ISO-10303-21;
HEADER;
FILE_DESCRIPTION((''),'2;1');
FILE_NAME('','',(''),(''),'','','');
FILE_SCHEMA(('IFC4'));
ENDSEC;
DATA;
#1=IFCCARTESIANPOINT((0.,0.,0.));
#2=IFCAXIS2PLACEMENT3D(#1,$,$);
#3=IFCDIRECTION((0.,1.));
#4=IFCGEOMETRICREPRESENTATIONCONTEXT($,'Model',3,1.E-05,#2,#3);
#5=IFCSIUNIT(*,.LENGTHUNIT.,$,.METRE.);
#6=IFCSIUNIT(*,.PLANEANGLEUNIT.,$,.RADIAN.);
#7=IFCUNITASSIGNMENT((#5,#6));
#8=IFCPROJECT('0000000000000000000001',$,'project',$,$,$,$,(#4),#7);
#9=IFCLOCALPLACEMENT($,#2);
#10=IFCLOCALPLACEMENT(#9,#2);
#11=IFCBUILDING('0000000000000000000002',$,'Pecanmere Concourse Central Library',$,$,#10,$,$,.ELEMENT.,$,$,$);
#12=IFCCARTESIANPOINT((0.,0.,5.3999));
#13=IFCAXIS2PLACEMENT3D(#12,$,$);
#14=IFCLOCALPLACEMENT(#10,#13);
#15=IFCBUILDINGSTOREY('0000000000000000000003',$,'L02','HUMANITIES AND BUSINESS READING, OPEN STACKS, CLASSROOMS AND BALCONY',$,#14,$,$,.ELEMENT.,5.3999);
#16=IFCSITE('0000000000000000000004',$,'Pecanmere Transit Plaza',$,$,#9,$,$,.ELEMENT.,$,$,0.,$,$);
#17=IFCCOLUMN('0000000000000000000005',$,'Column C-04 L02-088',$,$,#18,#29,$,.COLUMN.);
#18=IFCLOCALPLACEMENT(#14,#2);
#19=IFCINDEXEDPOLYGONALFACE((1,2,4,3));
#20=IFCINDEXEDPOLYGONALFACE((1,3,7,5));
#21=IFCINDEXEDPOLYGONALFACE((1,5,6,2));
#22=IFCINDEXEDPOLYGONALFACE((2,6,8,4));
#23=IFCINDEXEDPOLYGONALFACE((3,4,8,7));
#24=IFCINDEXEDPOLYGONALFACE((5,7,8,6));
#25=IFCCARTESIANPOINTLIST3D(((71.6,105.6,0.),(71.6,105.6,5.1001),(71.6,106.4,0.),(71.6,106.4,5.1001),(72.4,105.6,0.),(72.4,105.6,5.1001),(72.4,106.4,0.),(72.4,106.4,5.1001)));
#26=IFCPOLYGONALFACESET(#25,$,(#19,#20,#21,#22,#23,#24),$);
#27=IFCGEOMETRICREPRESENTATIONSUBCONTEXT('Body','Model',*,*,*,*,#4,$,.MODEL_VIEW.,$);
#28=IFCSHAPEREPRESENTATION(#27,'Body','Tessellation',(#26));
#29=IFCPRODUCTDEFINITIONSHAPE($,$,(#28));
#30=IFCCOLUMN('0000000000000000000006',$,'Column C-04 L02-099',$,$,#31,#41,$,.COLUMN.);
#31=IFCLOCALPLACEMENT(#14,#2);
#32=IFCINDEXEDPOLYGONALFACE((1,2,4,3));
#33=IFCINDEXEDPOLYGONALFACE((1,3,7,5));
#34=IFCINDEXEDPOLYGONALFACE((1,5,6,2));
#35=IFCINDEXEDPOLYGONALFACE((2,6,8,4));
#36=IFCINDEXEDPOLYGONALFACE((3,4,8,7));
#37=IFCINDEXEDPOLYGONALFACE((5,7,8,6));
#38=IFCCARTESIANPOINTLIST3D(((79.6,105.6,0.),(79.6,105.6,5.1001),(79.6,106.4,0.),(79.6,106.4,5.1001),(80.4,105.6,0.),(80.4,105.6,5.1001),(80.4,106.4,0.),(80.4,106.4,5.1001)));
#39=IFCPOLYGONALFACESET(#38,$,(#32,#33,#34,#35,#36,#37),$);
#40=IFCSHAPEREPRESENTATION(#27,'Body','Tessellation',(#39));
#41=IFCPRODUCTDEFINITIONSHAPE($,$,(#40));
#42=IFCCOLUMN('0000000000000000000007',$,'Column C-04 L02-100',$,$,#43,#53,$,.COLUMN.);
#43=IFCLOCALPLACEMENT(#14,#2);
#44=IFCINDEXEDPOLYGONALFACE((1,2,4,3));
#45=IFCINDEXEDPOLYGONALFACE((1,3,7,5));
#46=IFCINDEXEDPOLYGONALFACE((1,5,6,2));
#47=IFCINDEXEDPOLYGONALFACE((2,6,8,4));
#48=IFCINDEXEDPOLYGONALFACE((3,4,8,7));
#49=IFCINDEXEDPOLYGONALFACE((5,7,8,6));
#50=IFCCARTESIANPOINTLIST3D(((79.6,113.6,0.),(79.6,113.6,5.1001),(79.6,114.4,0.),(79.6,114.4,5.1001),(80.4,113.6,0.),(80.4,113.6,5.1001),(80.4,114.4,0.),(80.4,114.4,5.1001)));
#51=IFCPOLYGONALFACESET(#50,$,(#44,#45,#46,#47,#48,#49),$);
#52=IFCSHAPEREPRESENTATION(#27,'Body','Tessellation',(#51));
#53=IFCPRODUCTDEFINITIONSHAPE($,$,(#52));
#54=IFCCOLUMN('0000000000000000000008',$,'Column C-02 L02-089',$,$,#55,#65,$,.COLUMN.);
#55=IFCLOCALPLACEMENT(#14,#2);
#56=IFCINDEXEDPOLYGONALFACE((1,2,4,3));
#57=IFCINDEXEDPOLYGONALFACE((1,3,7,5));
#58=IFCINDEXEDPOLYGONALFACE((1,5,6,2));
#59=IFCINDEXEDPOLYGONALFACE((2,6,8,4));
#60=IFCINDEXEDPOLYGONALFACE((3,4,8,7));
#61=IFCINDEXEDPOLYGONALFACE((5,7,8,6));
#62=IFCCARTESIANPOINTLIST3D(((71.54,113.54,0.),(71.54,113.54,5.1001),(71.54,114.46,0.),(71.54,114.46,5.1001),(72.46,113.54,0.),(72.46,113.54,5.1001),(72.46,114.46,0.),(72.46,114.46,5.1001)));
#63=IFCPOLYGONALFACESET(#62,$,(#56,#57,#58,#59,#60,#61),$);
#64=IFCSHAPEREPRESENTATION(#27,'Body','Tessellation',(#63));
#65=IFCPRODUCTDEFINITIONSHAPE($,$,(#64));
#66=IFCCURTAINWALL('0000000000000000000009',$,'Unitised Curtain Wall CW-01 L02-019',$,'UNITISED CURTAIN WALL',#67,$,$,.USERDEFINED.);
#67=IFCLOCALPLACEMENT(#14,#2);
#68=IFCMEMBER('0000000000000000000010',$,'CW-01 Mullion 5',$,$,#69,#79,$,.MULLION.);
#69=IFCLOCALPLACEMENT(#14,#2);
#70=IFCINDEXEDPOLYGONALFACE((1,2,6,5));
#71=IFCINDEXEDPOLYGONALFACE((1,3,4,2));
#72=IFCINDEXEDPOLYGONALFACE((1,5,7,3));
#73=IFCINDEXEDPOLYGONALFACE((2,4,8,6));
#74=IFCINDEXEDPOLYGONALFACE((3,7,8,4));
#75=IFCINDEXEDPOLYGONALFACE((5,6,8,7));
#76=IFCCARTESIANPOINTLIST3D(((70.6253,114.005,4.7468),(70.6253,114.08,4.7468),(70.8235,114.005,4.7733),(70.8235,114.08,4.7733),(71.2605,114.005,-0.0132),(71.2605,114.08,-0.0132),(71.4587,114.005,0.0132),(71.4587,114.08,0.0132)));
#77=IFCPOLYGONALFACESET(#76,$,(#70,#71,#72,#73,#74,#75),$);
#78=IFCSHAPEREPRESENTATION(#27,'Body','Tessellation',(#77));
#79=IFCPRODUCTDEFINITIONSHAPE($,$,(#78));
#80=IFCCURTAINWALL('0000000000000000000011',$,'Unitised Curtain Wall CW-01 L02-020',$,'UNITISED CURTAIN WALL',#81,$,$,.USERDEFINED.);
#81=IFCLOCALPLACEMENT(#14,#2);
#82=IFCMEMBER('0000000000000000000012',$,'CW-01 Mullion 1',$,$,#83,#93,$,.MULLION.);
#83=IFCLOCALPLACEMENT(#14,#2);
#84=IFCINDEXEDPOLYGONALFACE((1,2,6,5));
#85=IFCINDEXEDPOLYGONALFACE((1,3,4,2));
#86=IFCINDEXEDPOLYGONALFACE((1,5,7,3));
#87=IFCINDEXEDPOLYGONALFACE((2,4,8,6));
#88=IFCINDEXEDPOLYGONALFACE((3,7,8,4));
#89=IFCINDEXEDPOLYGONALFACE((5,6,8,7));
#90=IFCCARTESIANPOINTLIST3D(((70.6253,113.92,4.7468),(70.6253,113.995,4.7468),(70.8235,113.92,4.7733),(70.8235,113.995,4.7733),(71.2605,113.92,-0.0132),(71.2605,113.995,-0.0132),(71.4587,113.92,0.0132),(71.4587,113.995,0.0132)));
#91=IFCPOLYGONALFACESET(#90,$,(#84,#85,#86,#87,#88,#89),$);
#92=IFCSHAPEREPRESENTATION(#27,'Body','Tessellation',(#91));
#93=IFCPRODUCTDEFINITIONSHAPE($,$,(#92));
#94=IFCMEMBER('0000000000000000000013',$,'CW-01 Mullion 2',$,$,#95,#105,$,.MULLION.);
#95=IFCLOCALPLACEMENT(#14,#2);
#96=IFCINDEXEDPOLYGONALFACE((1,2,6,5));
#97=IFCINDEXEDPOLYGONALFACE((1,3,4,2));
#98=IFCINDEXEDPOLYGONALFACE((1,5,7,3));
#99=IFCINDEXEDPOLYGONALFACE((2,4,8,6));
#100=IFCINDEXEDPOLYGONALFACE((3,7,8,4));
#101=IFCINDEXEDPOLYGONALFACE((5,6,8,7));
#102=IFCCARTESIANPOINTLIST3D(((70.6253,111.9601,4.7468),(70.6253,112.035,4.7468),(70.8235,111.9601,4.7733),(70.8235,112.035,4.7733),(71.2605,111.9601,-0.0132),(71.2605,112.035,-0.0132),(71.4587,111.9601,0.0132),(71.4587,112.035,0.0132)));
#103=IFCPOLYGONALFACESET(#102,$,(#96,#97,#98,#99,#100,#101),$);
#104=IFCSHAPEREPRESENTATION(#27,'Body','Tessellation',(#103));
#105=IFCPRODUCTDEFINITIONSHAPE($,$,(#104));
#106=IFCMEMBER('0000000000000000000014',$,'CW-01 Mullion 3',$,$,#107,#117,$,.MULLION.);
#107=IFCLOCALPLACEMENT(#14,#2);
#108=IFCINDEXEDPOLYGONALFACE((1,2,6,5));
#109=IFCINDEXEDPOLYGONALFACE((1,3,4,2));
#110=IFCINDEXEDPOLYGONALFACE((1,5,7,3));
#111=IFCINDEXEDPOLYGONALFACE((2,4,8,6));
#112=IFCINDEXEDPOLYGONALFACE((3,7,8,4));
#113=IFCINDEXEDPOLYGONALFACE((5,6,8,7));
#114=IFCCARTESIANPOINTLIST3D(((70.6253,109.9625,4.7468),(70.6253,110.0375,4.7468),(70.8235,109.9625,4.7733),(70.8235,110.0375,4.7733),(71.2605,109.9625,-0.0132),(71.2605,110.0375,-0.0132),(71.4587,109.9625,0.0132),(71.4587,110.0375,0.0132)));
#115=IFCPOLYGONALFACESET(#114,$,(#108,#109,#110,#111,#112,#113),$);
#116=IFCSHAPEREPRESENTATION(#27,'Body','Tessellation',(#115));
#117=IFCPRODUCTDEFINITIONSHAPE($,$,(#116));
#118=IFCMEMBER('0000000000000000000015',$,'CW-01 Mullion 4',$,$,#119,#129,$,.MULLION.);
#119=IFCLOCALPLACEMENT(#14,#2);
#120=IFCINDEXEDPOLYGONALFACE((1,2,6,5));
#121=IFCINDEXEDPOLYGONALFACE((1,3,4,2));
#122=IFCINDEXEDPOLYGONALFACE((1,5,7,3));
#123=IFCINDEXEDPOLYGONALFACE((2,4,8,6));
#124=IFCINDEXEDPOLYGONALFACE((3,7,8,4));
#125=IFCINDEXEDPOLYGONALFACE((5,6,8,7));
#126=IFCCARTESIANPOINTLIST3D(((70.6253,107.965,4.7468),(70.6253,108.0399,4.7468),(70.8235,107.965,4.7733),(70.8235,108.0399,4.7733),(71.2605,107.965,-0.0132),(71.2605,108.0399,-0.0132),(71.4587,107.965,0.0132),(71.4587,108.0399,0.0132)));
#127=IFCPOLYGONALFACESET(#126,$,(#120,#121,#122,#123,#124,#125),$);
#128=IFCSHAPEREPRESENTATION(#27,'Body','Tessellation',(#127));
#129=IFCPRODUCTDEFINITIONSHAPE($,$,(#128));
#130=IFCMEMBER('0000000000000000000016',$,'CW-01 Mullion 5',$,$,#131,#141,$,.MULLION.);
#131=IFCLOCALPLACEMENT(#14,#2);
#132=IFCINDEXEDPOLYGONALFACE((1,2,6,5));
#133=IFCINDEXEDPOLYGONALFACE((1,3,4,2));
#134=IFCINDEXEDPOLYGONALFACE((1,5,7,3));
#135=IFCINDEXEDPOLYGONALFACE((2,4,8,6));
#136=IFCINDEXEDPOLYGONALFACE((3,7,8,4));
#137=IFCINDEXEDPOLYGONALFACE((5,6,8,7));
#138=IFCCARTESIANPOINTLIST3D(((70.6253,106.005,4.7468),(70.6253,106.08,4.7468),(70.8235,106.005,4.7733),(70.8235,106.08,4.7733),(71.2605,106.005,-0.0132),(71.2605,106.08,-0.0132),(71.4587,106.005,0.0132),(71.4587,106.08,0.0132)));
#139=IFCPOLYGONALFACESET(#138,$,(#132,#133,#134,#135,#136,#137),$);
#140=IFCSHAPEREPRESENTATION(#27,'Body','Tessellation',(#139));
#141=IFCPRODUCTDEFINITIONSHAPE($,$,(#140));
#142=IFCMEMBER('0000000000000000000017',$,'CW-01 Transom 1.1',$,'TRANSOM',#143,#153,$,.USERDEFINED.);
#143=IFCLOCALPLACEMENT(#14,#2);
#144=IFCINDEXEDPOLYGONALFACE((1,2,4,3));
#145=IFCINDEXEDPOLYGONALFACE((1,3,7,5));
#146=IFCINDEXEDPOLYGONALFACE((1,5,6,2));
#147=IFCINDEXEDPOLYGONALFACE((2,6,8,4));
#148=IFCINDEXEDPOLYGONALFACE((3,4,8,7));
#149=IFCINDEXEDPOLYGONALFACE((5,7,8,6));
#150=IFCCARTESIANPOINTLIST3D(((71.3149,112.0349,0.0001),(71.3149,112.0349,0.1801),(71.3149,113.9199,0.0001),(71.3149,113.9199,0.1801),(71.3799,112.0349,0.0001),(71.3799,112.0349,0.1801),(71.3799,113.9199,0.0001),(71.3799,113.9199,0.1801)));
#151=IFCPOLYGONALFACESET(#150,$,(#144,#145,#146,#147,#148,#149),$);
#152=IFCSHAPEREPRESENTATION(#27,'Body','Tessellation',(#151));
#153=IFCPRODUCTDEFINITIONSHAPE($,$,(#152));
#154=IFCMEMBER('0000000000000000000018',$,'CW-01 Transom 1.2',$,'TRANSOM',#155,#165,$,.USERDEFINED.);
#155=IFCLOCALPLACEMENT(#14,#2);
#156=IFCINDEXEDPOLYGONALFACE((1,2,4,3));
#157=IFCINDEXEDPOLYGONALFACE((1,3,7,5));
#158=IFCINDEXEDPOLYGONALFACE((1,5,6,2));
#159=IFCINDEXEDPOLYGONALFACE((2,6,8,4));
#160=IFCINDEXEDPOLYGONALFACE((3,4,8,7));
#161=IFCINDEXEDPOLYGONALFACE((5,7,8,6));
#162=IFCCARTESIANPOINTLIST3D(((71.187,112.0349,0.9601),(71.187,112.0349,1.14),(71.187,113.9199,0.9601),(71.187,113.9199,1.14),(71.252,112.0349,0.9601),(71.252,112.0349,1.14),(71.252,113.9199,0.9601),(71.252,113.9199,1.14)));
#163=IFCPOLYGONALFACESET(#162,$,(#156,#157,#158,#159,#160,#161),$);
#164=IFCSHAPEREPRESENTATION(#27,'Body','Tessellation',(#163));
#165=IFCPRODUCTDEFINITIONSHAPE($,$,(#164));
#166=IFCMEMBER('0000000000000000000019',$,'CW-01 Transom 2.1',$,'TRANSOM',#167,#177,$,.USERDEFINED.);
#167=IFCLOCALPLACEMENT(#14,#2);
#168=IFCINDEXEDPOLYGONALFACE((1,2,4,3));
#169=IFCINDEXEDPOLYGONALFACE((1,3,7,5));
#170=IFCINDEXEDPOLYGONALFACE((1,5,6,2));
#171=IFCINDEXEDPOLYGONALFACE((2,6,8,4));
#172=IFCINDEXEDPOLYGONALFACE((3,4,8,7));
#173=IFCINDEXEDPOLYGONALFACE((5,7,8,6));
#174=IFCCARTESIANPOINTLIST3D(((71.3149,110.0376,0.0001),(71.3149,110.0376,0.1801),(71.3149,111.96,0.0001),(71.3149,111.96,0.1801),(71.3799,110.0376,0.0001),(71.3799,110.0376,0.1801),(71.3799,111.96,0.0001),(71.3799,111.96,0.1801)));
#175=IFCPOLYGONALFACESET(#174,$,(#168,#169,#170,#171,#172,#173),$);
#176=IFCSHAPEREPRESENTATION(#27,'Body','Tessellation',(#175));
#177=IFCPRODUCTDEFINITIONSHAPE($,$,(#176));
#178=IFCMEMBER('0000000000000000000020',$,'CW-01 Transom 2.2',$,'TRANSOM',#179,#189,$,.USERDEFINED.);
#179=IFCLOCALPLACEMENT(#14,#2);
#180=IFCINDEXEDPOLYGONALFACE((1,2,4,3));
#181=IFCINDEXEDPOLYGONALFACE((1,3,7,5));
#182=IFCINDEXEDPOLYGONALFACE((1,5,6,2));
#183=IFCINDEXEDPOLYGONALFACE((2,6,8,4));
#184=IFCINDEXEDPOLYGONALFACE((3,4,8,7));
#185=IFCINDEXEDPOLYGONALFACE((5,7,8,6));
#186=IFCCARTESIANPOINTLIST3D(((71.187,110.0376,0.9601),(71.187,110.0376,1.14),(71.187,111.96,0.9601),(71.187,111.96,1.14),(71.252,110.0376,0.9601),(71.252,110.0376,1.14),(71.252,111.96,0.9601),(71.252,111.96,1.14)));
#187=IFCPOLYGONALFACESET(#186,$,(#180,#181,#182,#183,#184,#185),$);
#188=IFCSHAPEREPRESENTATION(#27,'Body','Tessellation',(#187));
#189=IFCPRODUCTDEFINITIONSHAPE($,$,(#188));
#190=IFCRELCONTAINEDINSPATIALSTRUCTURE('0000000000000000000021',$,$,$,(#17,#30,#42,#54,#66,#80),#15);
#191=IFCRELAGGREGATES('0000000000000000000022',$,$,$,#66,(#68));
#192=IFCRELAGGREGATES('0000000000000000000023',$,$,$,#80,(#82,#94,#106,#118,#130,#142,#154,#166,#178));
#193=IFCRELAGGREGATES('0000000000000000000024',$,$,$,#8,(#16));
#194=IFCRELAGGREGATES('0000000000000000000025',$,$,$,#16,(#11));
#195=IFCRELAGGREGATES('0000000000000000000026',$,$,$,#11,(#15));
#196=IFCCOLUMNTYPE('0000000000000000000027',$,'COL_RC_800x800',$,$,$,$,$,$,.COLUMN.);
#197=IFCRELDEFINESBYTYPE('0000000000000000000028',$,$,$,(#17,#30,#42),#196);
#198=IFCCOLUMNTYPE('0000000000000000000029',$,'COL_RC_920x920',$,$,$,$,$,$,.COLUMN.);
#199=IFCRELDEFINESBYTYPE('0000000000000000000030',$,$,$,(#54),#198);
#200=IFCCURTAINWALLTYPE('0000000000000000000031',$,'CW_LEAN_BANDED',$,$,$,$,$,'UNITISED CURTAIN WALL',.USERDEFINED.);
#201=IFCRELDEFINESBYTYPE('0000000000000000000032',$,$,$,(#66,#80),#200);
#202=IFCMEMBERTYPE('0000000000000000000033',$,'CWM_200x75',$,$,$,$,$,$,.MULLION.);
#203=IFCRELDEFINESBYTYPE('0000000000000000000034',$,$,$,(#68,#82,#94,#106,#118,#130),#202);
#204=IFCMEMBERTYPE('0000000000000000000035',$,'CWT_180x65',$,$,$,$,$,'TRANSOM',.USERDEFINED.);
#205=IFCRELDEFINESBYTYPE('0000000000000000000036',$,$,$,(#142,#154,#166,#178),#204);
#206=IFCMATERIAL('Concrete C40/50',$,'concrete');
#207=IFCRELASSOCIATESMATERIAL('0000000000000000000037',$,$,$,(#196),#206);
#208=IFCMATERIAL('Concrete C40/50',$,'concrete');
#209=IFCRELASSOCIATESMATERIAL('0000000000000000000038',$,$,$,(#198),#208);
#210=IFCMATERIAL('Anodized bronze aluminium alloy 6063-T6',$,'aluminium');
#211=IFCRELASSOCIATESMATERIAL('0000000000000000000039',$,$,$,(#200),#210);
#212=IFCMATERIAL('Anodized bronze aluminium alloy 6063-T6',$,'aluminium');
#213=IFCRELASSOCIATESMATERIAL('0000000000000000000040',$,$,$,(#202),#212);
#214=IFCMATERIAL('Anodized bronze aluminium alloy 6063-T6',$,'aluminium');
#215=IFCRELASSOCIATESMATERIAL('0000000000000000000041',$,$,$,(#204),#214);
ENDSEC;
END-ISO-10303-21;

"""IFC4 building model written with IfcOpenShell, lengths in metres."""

from ifc_helpers import new_model, si_unit, direction, frame, origin, origin_2d, place, context, subcontext, project, spatial, rectangle, extrude, material, material_profile, profile_set, type_object, element, aggregate, save


model = new_model("IFC4")

# Units and contexts
model_context = context("Model", 3, precision=1e-05, world=origin(), true_north=direction((0.0, 1.0)))
body_context = subcontext(model_context, "Body", "Model", "MODEL_VIEW")
ifc_project = project(units=[si_unit("LENGTHUNIT", "METRE"), si_unit("PLANEANGLEUNIT", "RADIAN")], contexts=[model_context])

# Site, building, storey
site_placement = place(None, origin())
site = spatial("IfcSite", under=ifc_project, at=site_placement, Name="Pecanmere Transit Plaza", CompositionType="ELEMENT", RefElevation=0.0)
building_placement = place(site_placement, origin())
building = spatial("IfcBuilding", under=site, at=building_placement, Name="Pecanmere Concourse Central Library", CompositionType="ELEMENT")
storey_placement = place(building_placement, frame((0.0, 0.0, 5.3999)))
storey = spatial("IfcBuildingStorey", under=building, at=storey_placement, Name="L02", Description="HUMANITIES AND BUSINESS READING, OPEN STACKS, CLASSROOMS AND BALCONY", CompositionType="ELEMENT", Elevation=5.3999)

# Columns
ifc_material_1 = material(Name="Concrete C40/50", Category="concrete")
ifc_material_profile_1 = material_profile(ifc_material_1, rectangle(XDim=0.8, YDim=0.8, at=origin_2d()), Name="RC 800x800")
ifc_profile_set_1 = profile_set([ifc_material_profile_1], Name="Concrete C40/50")
column_type_1 = type_object("IfcColumnType", Name="COL_RC_800x800", PredefinedType="COLUMN", material=ifc_profile_set_1)
for number, where, z_axis, x_axis, name in (
    (1, (72.0, 106.0, 0.0), (0.0, 0.0, 1.0), (1.0, 0.0, 0.0), "Column C-04 L02-088"),
    (2, (80.0, 106.0, 0.0), (0.0, 0.0, 1.0), (1.0, 0.0, 0.0), "Column C-04 L02-099"),
    (3, (80.0, 114.0, 0.0), (0.0, 0.0, 1.0), (1.0, 0.0, 0.0), "Column C-04 L02-100"),
):
    element("IfcColumn", number, at=place(storey_placement, frame(where, z_axis=z_axis, x_axis=x_axis)), inside=storey, type_object=column_type_1, Name=name, PredefinedType="COLUMN", context=body_context, shape_type="SweptSolid", body=[
        extrude(rectangle(XDim=0.8, YDim=0.8, at=origin_2d()), origin(), (0.0, 0.0, 1.0), 5.1001),
    ])
ifc_material_2 = material(Name="Concrete C40/50", Category="concrete")
ifc_material_profile_2 = material_profile(ifc_material_2, rectangle(XDim=0.9199, YDim=0.9199, at=origin_2d()), Name="RC 920x920")
ifc_profile_set_2 = profile_set([ifc_material_profile_2], Name="Concrete C40/50")
column_type_2 = type_object("IfcColumnType", Name="COL_RC_920x920", PredefinedType="COLUMN", material=ifc_profile_set_2)
column_placement = place(storey_placement, frame((72.0, 114.0, 0.0), z_axis=(0.0, 0.0, 1.0), x_axis=(1.0, 0.0, 0.0)))
element("IfcColumn", 4, at=column_placement, inside=storey, type_object=column_type_2, Name="Column C-02 L02-089", PredefinedType="COLUMN", context=body_context, shape_type="SweptSolid", body=[
    extrude(rectangle(XDim=0.9199, YDim=0.9199, at=origin_2d()), origin(), (0.0, 0.0, 1.0), 5.1001),
])

# Curtain wall, member
ifc_material_3 = material(Name="Anodized bronze aluminium alloy 6063-T6", Category="aluminium")
curtain_wall_type = type_object("IfcCurtainWallType", Name="CW_LEAN_BANDED", ElementType="UNITISED CURTAIN WALL", PredefinedType="USERDEFINED", material=ifc_material_3)
curtain_wall_1_placement = place(storey_placement, origin())
curtain_wall_1 = element("IfcCurtainWall", 5, at=curtain_wall_1_placement, inside=storey, type_object=curtain_wall_type, Name="Unitised Curtain Wall CW-01 L02-019", ObjectType="UNITISED CURTAIN WALL", PredefinedType="USERDEFINED")
ifc_material_4 = material(Name="Anodized bronze aluminium alloy 6063-T6", Category="aluminium")
ifc_material_profile_3 = material_profile(ifc_material_4, rectangle(XDim=0.075, YDim=0.2, at=origin_2d()), Name="AL 75x200")
ifc_profile_set_3 = profile_set([ifc_material_profile_3], Name="Anodized bronze aluminium alloy 6063-T6")
member_type_1 = type_object("IfcMemberType", Name="CWM_200x75", PredefinedType="MULLION", material=ifc_profile_set_3)
member_1_placement = place(storey_placement, frame((71.3596, 114.0425, 0.0), z_axis=(-0.132284, 0.0, 0.991212), x_axis=(0.0, -1.0, 0.0)))
member_1 = element("IfcMember", 6, at=member_1_placement, type_object=member_type_1, Name="CW-01 Mullion 5", PredefinedType="MULLION", context=body_context, shape_type="SweptSolid", body=[
    extrude(rectangle(XDim=0.075, YDim=0.2, at=origin_2d()), origin(), (0.0, 0.0, 1.0), 4.8022),
])
aggregate(curtain_wall_1, [member_1])

# Curtain wall, members
curtain_wall_2_placement = place(storey_placement, origin())
curtain_wall_2 = element("IfcCurtainWall", 7, at=curtain_wall_2_placement, inside=storey, type_object=curtain_wall_type, Name="Unitised Curtain Wall CW-01 L02-020", ObjectType="UNITISED CURTAIN WALL", PredefinedType="USERDEFINED")
member_2_placement = place(storey_placement, frame((71.3596, 113.9575, 0.0), z_axis=(-0.132284, 0.0, 0.991212), x_axis=(0.0, -1.0, 0.0)))
member_2 = element("IfcMember", 8, at=member_2_placement, type_object=member_type_1, Name="CW-01 Mullion 1", PredefinedType="MULLION", context=body_context, shape_type="SweptSolid", body=[
    extrude(rectangle(XDim=0.075, YDim=0.2, at=origin_2d()), origin(), (0.0, 0.0, 1.0), 4.8022),
])
member_3_placement = place(storey_placement, frame((71.3596, 111.9976, 0.0), z_axis=(-0.132284, 0.0, 0.991212), x_axis=(0.0, -1.0, 0.0)))
member_3 = element("IfcMember", 9, at=member_3_placement, type_object=member_type_1, Name="CW-01 Mullion 2", PredefinedType="MULLION", context=body_context, shape_type="SweptSolid", body=[
    extrude(rectangle(XDim=0.075, YDim=0.2, at=origin_2d()), origin(), (0.0, 0.0, 1.0), 4.8022),
])
member_4_placement = place(storey_placement, frame((71.3596, 110.0, 0.0), z_axis=(-0.132284, 0.0, 0.991212), x_axis=(0.0, -1.0, 0.0)))
member_4 = element("IfcMember", 10, at=member_4_placement, type_object=member_type_1, Name="CW-01 Mullion 3", PredefinedType="MULLION", context=body_context, shape_type="SweptSolid", body=[
    extrude(rectangle(XDim=0.075, YDim=0.2, at=origin_2d()), origin(), (0.0, 0.0, 1.0), 4.8022),
])
member_5_placement = place(storey_placement, frame((71.3596, 108.0024, 0.0), z_axis=(-0.132284, 0.0, 0.991212), x_axis=(0.0, -1.0, 0.0)))
member_5 = element("IfcMember", 11, at=member_5_placement, type_object=member_type_1, Name="CW-01 Mullion 4", PredefinedType="MULLION", context=body_context, shape_type="SweptSolid", body=[
    extrude(rectangle(XDim=0.075, YDim=0.2, at=origin_2d()), origin(), (0.0, 0.0, 1.0), 4.8022),
])
member_6_placement = place(storey_placement, frame((71.3596, 106.0425, 0.0), z_axis=(-0.132284, 0.0, 0.991212), x_axis=(0.0, -1.0, 0.0)))
member_6 = element("IfcMember", 12, at=member_6_placement, type_object=member_type_1, Name="CW-01 Mullion 5", PredefinedType="MULLION", context=body_context, shape_type="SweptSolid", body=[
    extrude(rectangle(XDim=0.075, YDim=0.2, at=origin_2d()), origin(), (0.0, 0.0, 1.0), 4.8022),
])
ifc_material_5 = material(Name="Anodized bronze aluminium alloy 6063-T6", Category="aluminium")
ifc_material_profile_4 = material_profile(ifc_material_5, rectangle(XDim=0.0649, YDim=0.1799, at=origin_2d()), Name="AL 65x180")
ifc_profile_set_4 = profile_set([ifc_material_profile_4], Name="Anodized bronze aluminium alloy 6063-T6")
member_type_2 = type_object("IfcMemberType", Name="CWT_180x65", ElementType="TRANSOM", PredefinedType="USERDEFINED", material=ifc_profile_set_4)
member_7_placement = place(storey_placement, frame((71.3474, 113.9199, 0.0901), z_axis=(0.0, -1.0, 0.0), x_axis=(1.0, 0.0, 0.0)))
member_7 = element("IfcMember", 13, at=member_7_placement, type_object=member_type_2, Name="CW-01 Transom 1.1", ObjectType="TRANSOM", PredefinedType="USERDEFINED", context=body_context, shape_type="SweptSolid", body=[
    extrude(rectangle(XDim=0.0649, YDim=0.1799, at=origin_2d()), origin(), (0.0, 0.0, 1.0), 1.885),
])
member_8_placement = place(storey_placement, frame((71.2195, 113.9199, 1.05), z_axis=(0.0, -1.0, 0.0), x_axis=(1.0, 0.0, 0.0)))
member_8 = element("IfcMember", 14, at=member_8_placement, type_object=member_type_2, Name="CW-01 Transom 1.2", ObjectType="TRANSOM", PredefinedType="USERDEFINED", context=body_context, shape_type="SweptSolid", body=[
    extrude(rectangle(XDim=0.0649, YDim=0.1799, at=origin_2d()), origin(), (0.0, 0.0, 1.0), 1.885),
])
member_9_placement = place(storey_placement, frame((71.3474, 111.96, 0.0901), z_axis=(0.0, -1.0, 0.0), x_axis=(1.0, 0.0, 0.0)))
member_9 = element("IfcMember", 15, at=member_9_placement, type_object=member_type_2, Name="CW-01 Transom 2.1", ObjectType="TRANSOM", PredefinedType="USERDEFINED", context=body_context, shape_type="SweptSolid", body=[
    extrude(rectangle(XDim=0.0649, YDim=0.1799, at=origin_2d()), origin(), (0.0, 0.0, 1.0), 1.9224),
])
member_10_placement = place(storey_placement, frame((71.2195, 111.96, 1.05), z_axis=(0.0, -1.0, 0.0), x_axis=(1.0, 0.0, 0.0)))
member_10 = element("IfcMember", 16, at=member_10_placement, type_object=member_type_2, Name="CW-01 Transom 2.2", ObjectType="TRANSOM", PredefinedType="USERDEFINED", context=body_context, shape_type="SweptSolid", body=[
    extrude(rectangle(XDim=0.0649, YDim=0.1799, at=origin_2d()), origin(), (0.0, 0.0, 1.0), 1.9224),
])

aggregate(curtain_wall_2, [member_2, member_3, member_4, member_5, member_6, member_7, member_8, member_9, member_10])

save(model, "model.ifc")
